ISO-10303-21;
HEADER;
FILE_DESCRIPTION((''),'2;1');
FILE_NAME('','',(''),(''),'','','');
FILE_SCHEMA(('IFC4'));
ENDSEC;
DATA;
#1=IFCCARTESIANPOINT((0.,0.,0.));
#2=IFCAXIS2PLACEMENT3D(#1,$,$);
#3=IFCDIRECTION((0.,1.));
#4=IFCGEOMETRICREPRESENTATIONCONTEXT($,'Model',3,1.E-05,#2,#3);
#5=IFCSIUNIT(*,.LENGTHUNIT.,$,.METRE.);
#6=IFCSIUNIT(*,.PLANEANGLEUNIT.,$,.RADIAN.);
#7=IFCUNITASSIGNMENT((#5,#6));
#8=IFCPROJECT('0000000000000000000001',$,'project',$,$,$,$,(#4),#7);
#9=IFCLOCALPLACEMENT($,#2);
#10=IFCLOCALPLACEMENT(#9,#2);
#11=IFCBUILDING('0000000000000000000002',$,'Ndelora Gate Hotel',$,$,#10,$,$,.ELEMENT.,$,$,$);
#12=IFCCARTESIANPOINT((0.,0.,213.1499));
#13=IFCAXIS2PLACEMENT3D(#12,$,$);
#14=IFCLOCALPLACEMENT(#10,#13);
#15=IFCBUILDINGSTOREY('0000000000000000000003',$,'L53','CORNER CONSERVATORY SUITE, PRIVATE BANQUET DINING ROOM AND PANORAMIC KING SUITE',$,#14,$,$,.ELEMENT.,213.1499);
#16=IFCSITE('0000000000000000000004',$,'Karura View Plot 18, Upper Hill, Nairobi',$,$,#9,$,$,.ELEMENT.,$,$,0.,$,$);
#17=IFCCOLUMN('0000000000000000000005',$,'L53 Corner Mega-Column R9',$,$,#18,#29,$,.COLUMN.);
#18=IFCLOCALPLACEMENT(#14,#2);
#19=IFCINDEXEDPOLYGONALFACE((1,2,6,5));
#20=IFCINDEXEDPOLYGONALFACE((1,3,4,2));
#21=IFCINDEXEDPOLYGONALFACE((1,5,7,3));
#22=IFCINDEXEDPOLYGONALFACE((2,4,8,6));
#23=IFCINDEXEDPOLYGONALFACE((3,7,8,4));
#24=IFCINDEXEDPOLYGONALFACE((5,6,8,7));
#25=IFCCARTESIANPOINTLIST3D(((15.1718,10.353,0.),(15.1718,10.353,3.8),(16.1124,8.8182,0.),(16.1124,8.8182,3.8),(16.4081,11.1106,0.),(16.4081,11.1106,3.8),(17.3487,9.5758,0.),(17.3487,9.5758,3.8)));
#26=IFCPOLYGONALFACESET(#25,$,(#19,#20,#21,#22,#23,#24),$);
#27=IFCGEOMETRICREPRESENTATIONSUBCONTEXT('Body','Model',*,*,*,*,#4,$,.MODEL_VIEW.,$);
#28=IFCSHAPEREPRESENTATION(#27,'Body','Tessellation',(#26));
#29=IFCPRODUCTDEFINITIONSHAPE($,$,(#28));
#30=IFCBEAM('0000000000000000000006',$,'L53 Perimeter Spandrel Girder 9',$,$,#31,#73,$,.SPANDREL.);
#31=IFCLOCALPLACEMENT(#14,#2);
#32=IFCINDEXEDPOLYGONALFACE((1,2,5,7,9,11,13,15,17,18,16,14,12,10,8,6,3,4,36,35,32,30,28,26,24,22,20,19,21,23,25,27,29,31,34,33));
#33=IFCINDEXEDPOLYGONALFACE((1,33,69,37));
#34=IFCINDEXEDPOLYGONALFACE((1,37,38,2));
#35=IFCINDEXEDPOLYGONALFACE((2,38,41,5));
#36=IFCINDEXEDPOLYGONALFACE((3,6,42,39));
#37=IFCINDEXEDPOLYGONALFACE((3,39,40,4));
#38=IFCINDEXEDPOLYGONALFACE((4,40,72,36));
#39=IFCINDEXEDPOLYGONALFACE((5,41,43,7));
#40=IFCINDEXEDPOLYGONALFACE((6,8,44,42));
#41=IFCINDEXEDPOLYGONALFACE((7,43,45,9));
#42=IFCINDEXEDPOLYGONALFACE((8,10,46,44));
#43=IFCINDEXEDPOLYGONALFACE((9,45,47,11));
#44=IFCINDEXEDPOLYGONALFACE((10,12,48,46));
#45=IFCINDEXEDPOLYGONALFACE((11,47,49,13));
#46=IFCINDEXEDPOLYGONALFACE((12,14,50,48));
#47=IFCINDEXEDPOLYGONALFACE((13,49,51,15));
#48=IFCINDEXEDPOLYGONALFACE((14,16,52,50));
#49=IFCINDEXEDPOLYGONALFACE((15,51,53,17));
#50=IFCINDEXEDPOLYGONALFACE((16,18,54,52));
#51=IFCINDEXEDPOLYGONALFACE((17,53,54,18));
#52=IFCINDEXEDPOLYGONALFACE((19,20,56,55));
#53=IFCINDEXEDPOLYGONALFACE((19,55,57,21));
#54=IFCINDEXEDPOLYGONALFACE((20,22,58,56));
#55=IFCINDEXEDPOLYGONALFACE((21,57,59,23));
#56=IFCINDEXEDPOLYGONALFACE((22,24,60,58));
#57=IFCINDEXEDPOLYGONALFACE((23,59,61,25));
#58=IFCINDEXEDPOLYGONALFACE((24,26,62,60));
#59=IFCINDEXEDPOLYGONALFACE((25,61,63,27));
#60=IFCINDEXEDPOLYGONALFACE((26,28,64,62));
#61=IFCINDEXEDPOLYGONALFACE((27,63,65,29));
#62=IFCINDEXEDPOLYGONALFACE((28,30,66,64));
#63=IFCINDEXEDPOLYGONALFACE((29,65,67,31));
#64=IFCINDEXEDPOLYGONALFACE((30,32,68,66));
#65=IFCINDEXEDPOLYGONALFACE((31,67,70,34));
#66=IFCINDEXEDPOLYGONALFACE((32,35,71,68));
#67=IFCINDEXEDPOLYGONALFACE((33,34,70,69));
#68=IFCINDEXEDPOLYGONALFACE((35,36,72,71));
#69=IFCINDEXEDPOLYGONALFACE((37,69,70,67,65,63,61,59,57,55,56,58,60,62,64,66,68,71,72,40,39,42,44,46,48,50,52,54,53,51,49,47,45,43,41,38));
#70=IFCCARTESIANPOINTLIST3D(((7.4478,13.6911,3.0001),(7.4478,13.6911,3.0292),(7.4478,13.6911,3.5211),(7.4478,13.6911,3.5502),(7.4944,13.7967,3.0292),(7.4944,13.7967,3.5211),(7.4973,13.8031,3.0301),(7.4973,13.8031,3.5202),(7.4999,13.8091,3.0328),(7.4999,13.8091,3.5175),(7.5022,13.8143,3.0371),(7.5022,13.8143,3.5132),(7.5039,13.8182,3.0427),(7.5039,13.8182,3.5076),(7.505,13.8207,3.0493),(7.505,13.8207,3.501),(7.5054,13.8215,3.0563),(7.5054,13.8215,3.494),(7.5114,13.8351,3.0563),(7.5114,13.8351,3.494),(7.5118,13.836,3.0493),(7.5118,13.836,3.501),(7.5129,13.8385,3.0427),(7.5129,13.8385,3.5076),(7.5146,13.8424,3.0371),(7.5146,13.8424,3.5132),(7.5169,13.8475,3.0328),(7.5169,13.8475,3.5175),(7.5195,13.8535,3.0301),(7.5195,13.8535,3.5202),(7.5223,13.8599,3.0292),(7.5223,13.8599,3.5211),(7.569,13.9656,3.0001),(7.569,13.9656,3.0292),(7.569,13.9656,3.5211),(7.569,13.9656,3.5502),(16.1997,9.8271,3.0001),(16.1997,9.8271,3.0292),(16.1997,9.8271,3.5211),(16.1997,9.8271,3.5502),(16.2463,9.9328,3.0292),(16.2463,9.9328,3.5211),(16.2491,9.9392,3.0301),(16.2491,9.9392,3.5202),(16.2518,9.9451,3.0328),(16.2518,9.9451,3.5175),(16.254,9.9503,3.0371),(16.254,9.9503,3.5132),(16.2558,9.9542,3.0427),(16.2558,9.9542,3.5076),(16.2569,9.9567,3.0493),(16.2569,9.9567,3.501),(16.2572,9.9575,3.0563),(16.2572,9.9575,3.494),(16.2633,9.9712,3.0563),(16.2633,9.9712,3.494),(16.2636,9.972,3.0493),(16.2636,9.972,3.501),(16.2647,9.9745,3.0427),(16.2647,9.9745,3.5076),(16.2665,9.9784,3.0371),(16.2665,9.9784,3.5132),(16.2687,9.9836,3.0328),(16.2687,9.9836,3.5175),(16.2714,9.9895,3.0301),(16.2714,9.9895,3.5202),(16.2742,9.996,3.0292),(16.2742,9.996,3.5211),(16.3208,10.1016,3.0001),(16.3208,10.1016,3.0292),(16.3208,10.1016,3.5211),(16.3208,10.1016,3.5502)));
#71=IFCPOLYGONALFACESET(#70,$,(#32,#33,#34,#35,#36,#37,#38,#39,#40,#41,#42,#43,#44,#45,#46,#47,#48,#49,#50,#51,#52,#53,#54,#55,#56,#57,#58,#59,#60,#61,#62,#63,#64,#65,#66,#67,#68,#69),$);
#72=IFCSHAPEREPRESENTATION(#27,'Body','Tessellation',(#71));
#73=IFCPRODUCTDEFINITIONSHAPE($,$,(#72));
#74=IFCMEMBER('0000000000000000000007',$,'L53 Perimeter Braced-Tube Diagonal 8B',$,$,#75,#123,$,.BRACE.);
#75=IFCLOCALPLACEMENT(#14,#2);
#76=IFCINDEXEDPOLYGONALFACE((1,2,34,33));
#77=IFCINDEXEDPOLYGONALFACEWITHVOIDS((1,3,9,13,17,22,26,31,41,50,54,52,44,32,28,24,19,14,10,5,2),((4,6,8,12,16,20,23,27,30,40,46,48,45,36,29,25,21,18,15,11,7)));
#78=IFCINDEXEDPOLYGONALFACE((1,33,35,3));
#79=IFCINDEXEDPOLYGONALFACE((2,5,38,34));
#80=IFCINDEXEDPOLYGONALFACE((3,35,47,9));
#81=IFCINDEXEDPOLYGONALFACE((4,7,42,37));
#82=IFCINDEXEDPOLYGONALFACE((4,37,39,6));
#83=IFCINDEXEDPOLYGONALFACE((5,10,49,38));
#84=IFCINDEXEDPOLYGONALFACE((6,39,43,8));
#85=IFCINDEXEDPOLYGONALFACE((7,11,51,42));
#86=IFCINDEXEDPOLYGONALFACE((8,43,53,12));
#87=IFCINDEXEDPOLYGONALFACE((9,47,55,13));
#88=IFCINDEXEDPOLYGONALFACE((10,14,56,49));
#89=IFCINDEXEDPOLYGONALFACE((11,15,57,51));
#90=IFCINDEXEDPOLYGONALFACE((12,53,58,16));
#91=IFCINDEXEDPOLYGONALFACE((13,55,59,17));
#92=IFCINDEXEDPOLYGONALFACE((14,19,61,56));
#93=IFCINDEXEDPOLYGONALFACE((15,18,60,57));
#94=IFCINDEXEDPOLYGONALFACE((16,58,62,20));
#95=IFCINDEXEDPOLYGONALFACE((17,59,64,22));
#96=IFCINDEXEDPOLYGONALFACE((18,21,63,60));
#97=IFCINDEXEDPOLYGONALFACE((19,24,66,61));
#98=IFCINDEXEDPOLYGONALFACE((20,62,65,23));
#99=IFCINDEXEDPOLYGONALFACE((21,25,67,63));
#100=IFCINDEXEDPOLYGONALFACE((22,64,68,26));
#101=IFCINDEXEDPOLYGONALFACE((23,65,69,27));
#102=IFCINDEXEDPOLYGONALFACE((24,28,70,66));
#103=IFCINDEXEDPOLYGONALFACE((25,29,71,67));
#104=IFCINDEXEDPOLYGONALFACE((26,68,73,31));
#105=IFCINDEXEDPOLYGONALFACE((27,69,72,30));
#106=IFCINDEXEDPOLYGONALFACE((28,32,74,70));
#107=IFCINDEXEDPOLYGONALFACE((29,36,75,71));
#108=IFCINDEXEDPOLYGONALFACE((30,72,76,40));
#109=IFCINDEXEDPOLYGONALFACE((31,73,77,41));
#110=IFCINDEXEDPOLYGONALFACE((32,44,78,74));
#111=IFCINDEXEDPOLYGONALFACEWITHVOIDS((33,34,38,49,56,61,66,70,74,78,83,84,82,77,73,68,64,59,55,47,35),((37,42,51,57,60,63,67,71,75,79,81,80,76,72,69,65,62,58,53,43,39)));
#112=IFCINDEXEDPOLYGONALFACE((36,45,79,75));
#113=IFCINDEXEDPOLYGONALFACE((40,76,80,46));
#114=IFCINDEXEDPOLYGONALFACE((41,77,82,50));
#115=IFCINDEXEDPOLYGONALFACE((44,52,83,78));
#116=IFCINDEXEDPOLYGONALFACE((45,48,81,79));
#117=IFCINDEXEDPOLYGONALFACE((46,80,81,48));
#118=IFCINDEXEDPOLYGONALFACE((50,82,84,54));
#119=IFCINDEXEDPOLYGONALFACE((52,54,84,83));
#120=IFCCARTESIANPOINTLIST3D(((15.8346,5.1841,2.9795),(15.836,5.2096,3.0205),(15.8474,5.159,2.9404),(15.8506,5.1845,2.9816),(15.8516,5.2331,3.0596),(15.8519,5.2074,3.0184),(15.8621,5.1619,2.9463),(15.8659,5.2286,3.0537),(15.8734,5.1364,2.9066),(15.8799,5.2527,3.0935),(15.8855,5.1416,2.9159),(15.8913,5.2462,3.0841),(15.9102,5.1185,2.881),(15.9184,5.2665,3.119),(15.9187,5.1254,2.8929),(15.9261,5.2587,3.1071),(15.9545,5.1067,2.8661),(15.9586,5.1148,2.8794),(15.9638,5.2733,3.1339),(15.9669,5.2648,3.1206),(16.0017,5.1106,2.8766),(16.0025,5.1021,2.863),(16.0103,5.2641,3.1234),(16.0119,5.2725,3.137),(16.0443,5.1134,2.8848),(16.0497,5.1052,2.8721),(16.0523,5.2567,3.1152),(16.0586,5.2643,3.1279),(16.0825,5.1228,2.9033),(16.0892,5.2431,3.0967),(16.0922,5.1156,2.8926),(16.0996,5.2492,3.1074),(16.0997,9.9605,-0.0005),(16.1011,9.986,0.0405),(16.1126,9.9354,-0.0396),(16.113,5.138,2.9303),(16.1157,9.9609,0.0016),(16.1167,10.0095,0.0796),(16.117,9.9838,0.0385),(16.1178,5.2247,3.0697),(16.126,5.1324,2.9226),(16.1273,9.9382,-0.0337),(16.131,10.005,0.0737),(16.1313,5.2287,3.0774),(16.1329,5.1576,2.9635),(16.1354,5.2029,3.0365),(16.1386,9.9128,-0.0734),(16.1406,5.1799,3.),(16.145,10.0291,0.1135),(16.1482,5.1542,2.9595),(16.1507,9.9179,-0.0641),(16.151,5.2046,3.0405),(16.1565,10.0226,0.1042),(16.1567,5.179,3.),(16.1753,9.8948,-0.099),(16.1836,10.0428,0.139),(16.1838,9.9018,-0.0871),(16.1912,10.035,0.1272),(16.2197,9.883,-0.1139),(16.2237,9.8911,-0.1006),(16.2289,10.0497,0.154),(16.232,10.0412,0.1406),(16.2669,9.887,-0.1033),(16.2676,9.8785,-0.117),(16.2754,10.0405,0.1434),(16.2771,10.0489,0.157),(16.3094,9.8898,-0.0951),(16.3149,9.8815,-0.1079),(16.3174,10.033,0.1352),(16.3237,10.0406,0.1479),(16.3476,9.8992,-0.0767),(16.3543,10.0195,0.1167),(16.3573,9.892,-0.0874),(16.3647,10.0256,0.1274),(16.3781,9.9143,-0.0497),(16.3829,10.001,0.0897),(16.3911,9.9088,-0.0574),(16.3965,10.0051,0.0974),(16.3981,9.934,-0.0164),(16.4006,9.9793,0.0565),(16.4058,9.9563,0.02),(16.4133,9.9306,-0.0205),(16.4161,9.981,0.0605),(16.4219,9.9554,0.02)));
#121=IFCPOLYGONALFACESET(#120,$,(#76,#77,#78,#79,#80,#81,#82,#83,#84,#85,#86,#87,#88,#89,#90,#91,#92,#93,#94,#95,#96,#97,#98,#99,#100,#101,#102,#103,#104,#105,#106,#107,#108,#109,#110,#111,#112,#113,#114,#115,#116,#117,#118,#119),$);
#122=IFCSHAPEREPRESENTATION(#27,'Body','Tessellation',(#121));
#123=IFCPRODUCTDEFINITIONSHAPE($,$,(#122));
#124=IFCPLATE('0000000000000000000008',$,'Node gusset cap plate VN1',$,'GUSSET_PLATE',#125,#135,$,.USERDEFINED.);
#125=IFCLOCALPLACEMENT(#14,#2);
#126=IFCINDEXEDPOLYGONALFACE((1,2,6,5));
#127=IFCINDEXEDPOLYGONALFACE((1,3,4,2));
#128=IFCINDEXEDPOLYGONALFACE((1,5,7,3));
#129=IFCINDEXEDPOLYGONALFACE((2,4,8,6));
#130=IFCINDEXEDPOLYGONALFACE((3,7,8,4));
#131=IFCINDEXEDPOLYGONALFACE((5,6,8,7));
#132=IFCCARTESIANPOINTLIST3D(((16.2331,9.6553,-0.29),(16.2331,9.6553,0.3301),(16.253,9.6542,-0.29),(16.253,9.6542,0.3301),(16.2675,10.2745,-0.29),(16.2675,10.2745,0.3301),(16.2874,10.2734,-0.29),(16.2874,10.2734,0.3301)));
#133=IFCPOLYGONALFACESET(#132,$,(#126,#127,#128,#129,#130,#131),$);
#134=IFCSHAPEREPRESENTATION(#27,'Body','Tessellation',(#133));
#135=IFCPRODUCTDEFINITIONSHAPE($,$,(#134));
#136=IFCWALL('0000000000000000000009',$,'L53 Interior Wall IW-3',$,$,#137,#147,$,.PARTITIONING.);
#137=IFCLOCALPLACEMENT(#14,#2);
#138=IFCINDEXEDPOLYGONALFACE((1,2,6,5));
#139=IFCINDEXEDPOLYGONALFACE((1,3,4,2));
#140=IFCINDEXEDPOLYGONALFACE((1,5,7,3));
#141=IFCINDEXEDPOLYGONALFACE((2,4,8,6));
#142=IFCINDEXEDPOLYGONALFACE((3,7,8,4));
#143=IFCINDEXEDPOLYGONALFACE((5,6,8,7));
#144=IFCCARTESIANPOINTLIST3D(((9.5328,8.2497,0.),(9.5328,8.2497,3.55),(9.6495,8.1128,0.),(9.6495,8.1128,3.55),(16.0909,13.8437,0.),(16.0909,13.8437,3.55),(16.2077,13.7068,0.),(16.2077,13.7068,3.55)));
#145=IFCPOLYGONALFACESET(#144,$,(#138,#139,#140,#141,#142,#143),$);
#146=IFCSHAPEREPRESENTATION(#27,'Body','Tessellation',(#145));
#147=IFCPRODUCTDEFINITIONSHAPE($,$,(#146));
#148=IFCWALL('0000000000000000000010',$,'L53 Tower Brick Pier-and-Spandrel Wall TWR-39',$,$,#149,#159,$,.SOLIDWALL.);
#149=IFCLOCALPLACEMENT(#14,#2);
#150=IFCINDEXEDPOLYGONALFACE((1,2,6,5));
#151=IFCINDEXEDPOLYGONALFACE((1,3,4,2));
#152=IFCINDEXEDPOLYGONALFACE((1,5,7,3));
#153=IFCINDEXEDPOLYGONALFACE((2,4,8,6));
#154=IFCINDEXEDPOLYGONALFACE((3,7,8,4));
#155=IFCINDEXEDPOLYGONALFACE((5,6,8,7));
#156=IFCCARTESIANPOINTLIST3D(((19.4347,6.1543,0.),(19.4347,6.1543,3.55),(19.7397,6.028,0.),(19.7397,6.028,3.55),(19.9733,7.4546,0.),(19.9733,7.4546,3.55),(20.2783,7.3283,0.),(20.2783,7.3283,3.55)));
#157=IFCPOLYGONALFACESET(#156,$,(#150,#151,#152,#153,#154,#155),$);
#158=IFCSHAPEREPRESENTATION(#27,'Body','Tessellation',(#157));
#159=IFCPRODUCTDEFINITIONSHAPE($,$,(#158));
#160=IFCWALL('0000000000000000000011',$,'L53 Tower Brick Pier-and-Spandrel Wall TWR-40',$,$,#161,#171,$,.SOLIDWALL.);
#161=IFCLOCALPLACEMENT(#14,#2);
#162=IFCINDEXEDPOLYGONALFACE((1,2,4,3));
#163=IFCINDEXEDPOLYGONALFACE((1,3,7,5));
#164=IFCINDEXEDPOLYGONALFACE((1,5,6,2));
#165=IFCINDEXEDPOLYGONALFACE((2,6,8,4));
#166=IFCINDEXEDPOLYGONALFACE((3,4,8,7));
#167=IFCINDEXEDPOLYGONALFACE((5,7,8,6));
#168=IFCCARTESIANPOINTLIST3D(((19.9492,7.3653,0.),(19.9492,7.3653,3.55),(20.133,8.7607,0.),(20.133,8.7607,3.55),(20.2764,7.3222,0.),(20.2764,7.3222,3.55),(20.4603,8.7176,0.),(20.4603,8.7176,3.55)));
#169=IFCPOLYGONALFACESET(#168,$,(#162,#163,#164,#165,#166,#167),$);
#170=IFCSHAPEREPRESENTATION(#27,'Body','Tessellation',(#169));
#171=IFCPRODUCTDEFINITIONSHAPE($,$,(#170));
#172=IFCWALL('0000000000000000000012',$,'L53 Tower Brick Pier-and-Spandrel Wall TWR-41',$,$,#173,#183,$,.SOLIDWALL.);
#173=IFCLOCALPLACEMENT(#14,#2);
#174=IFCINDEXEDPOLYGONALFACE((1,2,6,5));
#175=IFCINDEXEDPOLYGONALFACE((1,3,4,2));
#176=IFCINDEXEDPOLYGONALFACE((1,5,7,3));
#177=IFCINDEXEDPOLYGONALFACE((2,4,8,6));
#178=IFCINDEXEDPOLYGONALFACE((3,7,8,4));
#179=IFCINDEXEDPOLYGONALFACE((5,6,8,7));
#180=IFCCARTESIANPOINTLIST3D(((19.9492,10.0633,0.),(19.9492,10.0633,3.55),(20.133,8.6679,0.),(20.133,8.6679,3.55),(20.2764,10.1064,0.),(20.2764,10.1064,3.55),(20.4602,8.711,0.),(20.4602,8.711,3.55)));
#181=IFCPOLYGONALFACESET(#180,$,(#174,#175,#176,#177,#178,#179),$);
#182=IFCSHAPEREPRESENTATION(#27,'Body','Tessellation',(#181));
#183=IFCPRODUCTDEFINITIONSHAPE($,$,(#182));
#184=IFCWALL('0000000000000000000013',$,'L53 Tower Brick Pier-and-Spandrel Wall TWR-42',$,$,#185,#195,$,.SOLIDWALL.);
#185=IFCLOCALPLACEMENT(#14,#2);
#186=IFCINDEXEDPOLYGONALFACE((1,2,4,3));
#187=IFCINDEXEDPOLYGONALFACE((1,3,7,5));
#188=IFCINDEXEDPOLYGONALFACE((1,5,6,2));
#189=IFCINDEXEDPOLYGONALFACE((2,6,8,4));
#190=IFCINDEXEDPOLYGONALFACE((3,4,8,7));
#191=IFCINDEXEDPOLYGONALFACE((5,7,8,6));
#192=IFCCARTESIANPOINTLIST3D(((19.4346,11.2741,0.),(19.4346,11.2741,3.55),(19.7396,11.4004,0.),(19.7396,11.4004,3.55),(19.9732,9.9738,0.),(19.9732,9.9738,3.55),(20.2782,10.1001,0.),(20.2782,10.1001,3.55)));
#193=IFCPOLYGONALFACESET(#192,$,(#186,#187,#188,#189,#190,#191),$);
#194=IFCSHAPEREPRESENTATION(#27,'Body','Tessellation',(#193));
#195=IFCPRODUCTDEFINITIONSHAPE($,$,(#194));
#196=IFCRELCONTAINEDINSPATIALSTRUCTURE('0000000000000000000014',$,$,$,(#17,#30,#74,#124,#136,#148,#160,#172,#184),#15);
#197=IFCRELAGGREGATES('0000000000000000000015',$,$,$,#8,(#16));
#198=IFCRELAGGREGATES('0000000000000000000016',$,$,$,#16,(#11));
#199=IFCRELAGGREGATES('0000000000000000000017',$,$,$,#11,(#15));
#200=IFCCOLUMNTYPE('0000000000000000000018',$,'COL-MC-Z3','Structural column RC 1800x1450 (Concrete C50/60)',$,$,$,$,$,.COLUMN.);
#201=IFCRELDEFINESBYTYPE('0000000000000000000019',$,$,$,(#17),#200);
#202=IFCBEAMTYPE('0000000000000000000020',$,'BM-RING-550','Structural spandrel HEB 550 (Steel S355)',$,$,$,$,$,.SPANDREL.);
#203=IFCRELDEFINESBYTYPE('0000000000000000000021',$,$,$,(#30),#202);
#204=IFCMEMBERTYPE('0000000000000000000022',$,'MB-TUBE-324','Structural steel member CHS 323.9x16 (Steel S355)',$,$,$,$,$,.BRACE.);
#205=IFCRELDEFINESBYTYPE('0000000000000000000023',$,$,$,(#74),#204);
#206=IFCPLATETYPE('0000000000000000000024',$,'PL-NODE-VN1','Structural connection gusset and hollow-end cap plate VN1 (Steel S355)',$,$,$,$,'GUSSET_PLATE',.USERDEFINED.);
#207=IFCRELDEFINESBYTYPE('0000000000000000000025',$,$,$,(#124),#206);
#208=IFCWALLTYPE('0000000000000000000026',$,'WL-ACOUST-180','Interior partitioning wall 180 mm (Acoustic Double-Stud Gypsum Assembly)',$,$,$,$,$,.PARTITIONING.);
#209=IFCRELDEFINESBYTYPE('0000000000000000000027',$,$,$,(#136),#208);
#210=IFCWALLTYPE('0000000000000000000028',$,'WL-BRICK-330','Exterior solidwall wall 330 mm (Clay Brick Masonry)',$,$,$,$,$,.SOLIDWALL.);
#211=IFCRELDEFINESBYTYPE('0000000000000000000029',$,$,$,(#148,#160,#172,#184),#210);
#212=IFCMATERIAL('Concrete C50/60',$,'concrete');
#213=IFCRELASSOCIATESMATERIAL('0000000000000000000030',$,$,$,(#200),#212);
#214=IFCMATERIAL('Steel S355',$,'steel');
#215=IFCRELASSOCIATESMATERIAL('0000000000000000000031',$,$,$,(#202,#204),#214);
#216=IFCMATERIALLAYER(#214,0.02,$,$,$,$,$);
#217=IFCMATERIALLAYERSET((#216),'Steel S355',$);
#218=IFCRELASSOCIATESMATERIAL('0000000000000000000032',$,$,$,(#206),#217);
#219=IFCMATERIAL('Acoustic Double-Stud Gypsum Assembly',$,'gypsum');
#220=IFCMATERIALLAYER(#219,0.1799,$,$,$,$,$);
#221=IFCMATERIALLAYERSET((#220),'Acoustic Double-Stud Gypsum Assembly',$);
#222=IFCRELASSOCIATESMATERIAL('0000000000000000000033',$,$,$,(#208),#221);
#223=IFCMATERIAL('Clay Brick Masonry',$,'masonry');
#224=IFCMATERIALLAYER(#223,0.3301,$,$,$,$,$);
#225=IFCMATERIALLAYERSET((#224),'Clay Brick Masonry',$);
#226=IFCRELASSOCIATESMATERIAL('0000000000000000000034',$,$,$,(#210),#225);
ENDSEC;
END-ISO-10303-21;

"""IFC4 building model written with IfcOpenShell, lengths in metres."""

from ifc_helpers import new_model, si_unit, direction, frame, frame_2d, origin, origin_2d, place, context, subcontext, project, spatial, rectangle, hollow_circle, i_section, extrude, material, layer, layer_set, material_profile, profile_set, type_object, element, save


model = new_model("IFC4")

# Units and contexts
model_context = context("Model", 3, precision=1e-05, world=origin(), true_north=direction((0.0, 1.0)))
body_context = subcontext(model_context, "Body", "Model", "MODEL_VIEW")
ifc_project = project(units=[si_unit("LENGTHUNIT", "METRE"), si_unit("PLANEANGLEUNIT", "RADIAN")], contexts=[model_context])

# Site, building, storey
site_placement = place(None, origin())
site = spatial("IfcSite", under=ifc_project, at=site_placement, Name="Karura View Plot 18, Upper Hill, Nairobi", CompositionType="ELEMENT", RefElevation=0.0)
building_placement = place(site_placement, origin())
building = spatial("IfcBuilding", under=site, at=building_placement, Name="Ndelora Gate Hotel", CompositionType="ELEMENT")
storey_placement = place(building_placement, frame((0.0, 0.0, 213.1499)))
storey = spatial("IfcBuildingStorey", under=building, at=storey_placement, Name="L53", Description="CORNER CONSERVATORY SUITE, PRIVATE BANQUET DINING ROOM AND PANORAMIC KING SUITE", CompositionType="ELEMENT", Elevation=213.1499)

# Column
ifc_material_1 = material(Name="Concrete C50/60", Category="concrete")
ifc_material_profile_1 = material_profile(ifc_material_1, rectangle(XDim=1.45, YDim=1.8, at=origin_2d()), Name="RC 1800x1450")
ifc_profile_set_1 = profile_set([ifc_material_profile_1], Name="Concrete C50/60")
column_type = type_object("IfcColumnType", Name="COL-MC-Z3", Description="Structural column RC 1800x1450 (Concrete C50/60)", PredefinedType="COLUMN", material=ifc_profile_set_1)
column_placement = place(storey_placement, frame((16.2603, 9.9644, 0.0), z_axis=(0.0, 0.0, 1.0), x_axis=(0.85264, 0.522499, 0.0)))
element("IfcColumn", 1, at=column_placement, inside=storey, type_object=column_type, Name="L53 Corner Mega-Column R9", PredefinedType="COLUMN", context=body_context, shape_type="SweptSolid", body=[
    extrude(rectangle(XDim=1.45, YDim=1.8, at=origin_2d()), origin(), (0.0, 0.0, 1.0), 3.8),
])

# Beam
ifc_material_2 = material(Name="Steel S355", Category="steel")
ifc_material_profile_2 = material_profile(ifc_material_2, i_section(OverallWidth=0.3, OverallDepth=0.55, WebThickness=0.0149, FlangeThickness=0.0291, FilletRadius=0.0271, at=origin_2d()), Name="HEB 550")
ifc_profile_set_2 = profile_set([ifc_material_profile_2], Name="Steel S355")
beam_type = type_object("IfcBeamType", Name="BM-RING-550", Description="Structural spandrel HEB 550 (Steel S355)", PredefinedType="SPANDREL", material=ifc_profile_set_2)
beam_placement = place(storey_placement, frame((16.2603, 9.9644, 3.2751), z_axis=(-0.914807, 0.40389, 0.0), x_axis=(-0.40389, -0.914807, 0.0)))
element("IfcBeam", 2, at=beam_placement, inside=storey, type_object=beam_type, Name="L53 Perimeter Spandrel Girder 9", PredefinedType="SPANDREL", context=body_context, shape_type="SweptSolid", body=[
    extrude(i_section(OverallWidth=0.3, OverallDepth=0.55, WebThickness=0.0149, FlangeThickness=0.0291, FilletRadius=0.0271, at=origin_2d()), origin(), (0.0, 0.0, 1.0), 9.5669),
])

# Member
ifc_material_profile_3 = material_profile(ifc_material_2, hollow_circle(Radius=0.1619, WallThickness=0.0161, at=origin_2d()), Name="CHS 323.9x16")
ifc_profile_set_3 = profile_set([ifc_material_profile_3], Name="Steel S355")
member_type = type_object("IfcMemberType", Name="MB-TUBE-324", Description="Structural steel member CHS 323.9x16 (Steel S355)", PredefinedType="BRACE", material=ifc_profile_set_3)
member_placement = place(storey_placement, frame((16.2603, 9.9644, 0.02), z_axis=(-0.047044, -0.847478, 0.528742), x_axis=(0.998463, -0.055425, 0.0)))
element("IfcMember", 3, at=member_placement, inside=storey, type_object=member_type, Name="L53 Perimeter Braced-Tube Diagonal 8B", PredefinedType="BRACE", context=body_context, shape_type="SweptSolid", body=[
    extrude(hollow_circle(Radius=0.1619, WallThickness=0.0161, at=origin_2d()), origin(), (0.0, 0.0, 1.0), 5.636),
])

# Plate
ifc_layer_1 = layer(ifc_material_2, 0.02)
ifc_layer_set_1 = layer_set([ifc_layer_1], Name="Steel S355")
plate_type = type_object("IfcPlateType", Name="PL-NODE-VN1", Description="Structural connection gusset and hollow-end cap plate VN1 (Steel S355)", ElementType="GUSSET_PLATE", PredefinedType="USERDEFINED", material=ifc_layer_set_1)
plate_placement = place(storey_placement, frame((16.2603, 9.9644, -0.29), z_axis=(0.0, 0.0, 1.0), x_axis=(0.055473, 0.99846, 0.0)))
element("IfcPlate", 4, at=plate_placement, inside=storey, type_object=plate_type, Name="Node gusset cap plate VN1", ObjectType="GUSSET_PLATE", PredefinedType="USERDEFINED", context=body_context, shape_type="SweptSolid", body=[
    extrude(rectangle(XDim=0.6201, YDim=0.02, at=origin_2d()), origin(), (0.0, 0.0, 1.0), 0.6201),
])

# Walls
ifc_material_3 = material(Name="Acoustic Double-Stud Gypsum Assembly", Category="gypsum")
ifc_layer_2 = layer(ifc_material_3, 0.1799)
ifc_layer_set_2 = layer_set([ifc_layer_2], Name="Acoustic Double-Stud Gypsum Assembly")
wall_type_1 = type_object("IfcWallType", Name="WL-ACOUST-180", Description="Interior partitioning wall 180 mm (Acoustic Double-Stud Gypsum Assembly)", PredefinedType="PARTITIONING", material=ifc_layer_set_2)
wall_1_placement = place(storey_placement, frame((9.5911, 8.1812, 0.0), z_axis=(0.0, 0.0, 1.0), x_axis=(0.760816, 0.648968, 0.0)))
element("IfcWall", 5, at=wall_1_placement, inside=storey, type_object=wall_type_1, Name="L53 Interior Wall IW-3", PredefinedType="PARTITIONING", context=body_context, shape_type="SweptSolid", body=[
    extrude(rectangle(XDim=8.6199, YDim=0.1799, at=frame_2d((4.3101, 0.0))), origin(), (0.0, 0.0, 1.0), 3.55),
])
ifc_material_4 = material(Name="Clay Brick Masonry", Category="masonry")
ifc_layer_3 = layer(ifc_material_4, 0.3301)
ifc_layer_set_3 = layer_set([ifc_layer_3], Name="Clay Brick Masonry")
wall_type_2 = type_object("IfcWallType", Name="WL-BRICK-330", Description="Exterior solidwall wall 330 mm (Clay Brick Masonry)", PredefinedType="SOLIDWALL", material=ifc_layer_set_3)
for number, where, z_axis, x_axis, name in (
    (6, (20.1257, 7.3914, 0.0), (0.0, 0.0, 1.0), (-0.382668, -0.923886, 0.0), "L53 Tower Brick Pier-and-Spandrel Wall TWR-39"),
    (7, (20.2966, 8.739, 0.0), (0.0, 0.0, 1.0), (-0.130607, -0.991434, 0.0), "L53 Tower Brick Pier-and-Spandrel Wall TWR-40"),
    (8, (20.1128, 10.0847, 0.0), (0.0, 0.0, 1.0), (0.130607, -0.991434, 0.0), "L53 Tower Brick Pier-and-Spandrel Wall TWR-41"),
    (9, (19.5872, 11.3372, 0.0), (0.0, 0.0, 1.0), (0.382668, -0.923886, 0.0), "L53 Tower Brick Pier-and-Spandrel Wall TWR-42"),
):
    element("IfcWall", number, at=place(storey_placement, frame(where, z_axis=z_axis, x_axis=x_axis)), inside=storey, type_object=wall_type_2, Name=name, PredefinedType="SOLIDWALL", context=body_context, shape_type="SweptSolid", body=[
        extrude(rectangle(XDim=1.4075, YDim=0.3301, at=frame_2d((0.7036, 0.0))), origin(), (0.0, 0.0, 1.0), 3.55),
    ])

save(model, "model.ifc")
